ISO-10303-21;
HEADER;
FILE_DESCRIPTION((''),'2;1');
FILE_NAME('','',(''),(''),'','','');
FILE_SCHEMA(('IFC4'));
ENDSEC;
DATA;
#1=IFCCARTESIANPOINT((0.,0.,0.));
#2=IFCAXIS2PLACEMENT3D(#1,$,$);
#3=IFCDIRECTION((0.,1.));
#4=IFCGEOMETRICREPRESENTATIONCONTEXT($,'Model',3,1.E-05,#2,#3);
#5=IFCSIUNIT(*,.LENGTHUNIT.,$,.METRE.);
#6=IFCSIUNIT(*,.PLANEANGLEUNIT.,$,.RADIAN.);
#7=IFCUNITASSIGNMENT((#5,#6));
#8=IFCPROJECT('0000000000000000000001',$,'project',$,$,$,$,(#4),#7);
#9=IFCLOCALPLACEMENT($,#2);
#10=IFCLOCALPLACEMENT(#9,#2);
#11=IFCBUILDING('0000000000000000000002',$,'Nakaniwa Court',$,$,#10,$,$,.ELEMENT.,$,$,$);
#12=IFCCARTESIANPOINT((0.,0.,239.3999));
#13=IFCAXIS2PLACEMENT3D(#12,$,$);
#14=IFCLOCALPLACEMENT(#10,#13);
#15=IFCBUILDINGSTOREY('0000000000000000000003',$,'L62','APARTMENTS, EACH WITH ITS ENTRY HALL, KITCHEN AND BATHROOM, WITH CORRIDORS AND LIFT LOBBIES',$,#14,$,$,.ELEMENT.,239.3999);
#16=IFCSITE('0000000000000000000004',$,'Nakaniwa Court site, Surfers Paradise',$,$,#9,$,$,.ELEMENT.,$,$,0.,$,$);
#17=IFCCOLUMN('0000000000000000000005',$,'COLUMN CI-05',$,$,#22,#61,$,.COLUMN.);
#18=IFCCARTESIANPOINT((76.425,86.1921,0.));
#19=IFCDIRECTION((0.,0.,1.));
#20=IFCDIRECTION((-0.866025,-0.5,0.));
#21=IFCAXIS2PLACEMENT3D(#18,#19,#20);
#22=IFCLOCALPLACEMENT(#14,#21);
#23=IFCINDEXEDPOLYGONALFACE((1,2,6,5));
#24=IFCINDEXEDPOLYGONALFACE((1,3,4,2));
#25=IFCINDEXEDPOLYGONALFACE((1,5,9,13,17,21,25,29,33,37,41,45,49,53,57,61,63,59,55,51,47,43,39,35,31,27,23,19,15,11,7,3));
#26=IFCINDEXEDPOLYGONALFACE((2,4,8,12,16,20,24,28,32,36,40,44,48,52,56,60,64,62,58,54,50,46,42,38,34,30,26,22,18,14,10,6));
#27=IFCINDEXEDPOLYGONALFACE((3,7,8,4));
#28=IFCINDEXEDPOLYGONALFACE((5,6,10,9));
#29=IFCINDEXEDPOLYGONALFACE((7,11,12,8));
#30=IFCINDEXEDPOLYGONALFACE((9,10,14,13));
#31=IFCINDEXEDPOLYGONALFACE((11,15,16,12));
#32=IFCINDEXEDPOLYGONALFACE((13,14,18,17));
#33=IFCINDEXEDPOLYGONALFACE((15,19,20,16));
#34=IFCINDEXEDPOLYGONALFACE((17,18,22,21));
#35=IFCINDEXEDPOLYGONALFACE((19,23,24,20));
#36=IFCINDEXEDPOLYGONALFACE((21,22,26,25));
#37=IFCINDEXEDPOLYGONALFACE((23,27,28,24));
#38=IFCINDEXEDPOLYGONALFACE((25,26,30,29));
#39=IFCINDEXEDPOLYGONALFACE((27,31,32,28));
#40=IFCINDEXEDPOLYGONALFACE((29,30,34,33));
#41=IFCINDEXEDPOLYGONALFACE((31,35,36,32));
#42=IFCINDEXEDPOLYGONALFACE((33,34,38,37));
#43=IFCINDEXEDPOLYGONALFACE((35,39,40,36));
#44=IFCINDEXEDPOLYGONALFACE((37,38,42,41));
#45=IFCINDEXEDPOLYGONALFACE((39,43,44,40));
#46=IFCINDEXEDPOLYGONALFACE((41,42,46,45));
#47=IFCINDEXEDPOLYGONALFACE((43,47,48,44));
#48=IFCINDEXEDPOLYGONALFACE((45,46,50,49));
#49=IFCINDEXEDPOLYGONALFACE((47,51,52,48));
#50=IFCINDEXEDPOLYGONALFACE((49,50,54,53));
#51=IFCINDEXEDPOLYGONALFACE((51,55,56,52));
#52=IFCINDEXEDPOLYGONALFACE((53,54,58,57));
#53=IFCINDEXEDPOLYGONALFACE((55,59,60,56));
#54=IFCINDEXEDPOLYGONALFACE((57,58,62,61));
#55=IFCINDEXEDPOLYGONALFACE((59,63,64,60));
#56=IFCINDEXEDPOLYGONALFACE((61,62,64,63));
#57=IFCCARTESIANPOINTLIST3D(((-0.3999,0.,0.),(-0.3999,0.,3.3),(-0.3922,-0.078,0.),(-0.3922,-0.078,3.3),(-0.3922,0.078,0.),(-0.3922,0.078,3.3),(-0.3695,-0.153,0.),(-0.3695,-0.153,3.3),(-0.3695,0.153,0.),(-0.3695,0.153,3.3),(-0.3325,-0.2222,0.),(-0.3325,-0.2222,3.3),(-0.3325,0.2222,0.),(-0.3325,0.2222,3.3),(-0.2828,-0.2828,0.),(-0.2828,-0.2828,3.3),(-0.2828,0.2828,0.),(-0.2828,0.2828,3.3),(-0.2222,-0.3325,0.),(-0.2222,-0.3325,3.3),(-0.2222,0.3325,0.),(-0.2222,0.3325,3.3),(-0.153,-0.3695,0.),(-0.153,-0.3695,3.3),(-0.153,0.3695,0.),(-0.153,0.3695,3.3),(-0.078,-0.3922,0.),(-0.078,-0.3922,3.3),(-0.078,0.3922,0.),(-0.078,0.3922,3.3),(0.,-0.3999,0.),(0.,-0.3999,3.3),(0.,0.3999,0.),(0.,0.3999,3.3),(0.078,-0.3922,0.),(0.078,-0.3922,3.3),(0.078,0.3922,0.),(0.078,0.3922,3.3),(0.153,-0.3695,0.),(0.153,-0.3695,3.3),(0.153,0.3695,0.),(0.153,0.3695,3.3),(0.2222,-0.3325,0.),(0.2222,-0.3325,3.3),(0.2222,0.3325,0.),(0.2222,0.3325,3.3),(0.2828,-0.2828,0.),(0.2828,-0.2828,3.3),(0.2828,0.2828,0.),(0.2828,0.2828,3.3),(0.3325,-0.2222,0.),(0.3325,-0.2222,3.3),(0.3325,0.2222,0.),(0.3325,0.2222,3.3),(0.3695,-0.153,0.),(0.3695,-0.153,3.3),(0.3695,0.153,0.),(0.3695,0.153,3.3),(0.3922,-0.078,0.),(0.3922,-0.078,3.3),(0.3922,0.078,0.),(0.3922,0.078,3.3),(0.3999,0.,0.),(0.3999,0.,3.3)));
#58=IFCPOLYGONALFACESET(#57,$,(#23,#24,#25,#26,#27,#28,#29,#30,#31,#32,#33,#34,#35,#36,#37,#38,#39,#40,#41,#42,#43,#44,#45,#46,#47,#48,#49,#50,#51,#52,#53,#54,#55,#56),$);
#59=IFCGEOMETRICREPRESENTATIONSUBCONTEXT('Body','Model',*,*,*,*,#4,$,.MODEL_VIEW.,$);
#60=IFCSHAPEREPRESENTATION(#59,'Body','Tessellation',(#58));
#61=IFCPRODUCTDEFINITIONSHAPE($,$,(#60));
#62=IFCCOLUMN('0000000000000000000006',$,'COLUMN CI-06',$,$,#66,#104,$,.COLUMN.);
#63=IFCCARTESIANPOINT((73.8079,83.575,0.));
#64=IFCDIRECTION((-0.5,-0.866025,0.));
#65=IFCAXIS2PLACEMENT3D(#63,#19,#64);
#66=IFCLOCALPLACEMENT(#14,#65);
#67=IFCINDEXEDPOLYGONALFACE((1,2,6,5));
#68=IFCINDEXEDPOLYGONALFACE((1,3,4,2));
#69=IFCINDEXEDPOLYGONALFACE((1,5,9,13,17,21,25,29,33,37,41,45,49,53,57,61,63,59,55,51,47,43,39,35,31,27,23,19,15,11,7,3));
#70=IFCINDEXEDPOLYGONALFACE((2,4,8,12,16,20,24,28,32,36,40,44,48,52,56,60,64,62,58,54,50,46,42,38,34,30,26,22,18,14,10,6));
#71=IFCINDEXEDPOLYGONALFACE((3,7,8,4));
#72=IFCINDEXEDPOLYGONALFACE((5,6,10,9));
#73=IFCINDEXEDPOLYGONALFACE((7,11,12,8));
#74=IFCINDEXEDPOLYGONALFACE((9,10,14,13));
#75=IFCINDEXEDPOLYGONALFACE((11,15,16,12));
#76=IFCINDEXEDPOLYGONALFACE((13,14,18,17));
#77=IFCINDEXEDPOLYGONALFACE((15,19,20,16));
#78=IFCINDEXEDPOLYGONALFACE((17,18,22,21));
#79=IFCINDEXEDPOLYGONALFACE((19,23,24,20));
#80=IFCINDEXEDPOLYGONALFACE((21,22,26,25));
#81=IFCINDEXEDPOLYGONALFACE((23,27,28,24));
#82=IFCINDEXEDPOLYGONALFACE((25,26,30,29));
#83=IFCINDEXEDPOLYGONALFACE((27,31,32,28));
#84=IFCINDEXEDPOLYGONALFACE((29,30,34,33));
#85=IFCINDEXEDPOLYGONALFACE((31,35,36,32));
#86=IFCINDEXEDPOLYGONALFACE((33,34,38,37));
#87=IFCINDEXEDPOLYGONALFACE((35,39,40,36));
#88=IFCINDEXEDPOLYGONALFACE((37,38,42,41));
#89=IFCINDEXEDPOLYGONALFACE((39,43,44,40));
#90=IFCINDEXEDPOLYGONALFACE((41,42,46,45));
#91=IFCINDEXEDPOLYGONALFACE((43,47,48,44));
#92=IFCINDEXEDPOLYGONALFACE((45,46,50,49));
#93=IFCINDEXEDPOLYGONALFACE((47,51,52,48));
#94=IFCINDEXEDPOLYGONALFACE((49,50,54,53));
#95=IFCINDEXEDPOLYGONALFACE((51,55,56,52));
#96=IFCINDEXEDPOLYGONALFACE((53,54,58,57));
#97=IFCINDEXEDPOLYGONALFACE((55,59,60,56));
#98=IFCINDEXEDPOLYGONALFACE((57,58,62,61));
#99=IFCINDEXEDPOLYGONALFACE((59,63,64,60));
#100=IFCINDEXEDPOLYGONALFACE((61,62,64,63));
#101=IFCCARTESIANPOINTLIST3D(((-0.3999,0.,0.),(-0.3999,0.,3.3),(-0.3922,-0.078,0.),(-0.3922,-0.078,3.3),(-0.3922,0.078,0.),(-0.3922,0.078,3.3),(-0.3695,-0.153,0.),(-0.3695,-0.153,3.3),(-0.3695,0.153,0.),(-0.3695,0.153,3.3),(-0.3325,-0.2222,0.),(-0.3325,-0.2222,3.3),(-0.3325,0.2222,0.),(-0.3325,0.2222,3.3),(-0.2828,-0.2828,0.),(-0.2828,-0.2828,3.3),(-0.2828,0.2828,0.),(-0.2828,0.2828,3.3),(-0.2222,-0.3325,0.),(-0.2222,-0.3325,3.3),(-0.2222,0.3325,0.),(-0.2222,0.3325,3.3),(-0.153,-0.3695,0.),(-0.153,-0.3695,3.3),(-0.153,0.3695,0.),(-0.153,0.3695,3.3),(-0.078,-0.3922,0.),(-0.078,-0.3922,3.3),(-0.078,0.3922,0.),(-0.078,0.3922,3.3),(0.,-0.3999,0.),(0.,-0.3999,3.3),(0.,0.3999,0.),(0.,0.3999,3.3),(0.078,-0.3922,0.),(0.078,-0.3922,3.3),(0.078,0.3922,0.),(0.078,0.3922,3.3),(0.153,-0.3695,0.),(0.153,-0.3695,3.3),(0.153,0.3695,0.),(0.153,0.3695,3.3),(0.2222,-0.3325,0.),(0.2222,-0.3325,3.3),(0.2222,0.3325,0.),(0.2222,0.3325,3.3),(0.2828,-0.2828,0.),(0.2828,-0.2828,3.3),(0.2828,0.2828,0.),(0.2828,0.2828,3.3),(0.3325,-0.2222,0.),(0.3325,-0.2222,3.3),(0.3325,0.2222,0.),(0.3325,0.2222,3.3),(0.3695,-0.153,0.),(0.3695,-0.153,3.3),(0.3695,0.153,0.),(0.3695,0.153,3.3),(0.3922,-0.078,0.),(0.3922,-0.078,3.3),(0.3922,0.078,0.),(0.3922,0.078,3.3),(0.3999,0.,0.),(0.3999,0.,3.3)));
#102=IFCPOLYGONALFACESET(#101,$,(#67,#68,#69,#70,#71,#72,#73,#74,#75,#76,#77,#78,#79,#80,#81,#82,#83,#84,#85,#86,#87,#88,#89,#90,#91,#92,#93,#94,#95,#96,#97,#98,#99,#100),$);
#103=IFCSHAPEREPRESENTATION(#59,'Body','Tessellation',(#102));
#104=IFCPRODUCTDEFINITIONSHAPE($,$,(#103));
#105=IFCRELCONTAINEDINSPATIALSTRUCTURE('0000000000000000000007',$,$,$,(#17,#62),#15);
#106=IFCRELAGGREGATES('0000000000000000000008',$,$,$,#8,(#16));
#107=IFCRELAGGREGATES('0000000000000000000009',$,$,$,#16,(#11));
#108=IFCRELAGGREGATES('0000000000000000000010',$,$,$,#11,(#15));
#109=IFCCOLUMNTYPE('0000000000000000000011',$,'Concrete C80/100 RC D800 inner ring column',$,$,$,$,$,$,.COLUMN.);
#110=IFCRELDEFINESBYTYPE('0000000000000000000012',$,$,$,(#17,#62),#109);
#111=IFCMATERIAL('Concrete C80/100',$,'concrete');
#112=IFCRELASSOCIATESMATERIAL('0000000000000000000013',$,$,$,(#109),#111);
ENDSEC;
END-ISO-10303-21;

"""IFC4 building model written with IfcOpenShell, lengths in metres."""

from ifc_helpers import new_model, si_unit, direction, frame, origin, origin_2d, place, context, subcontext, project, spatial, circle, extrude, material, material_profile, profile_set, type_object, element, save


model = new_model("IFC4")

# Units and contexts
model_context = context("Model", 3, precision=1e-05, world=origin(), true_north=direction((0.0, 1.0)))
body_context = subcontext(model_context, "Body", "Model", "MODEL_VIEW")
ifc_project = project(units=[si_unit("LENGTHUNIT", "METRE"), si_unit("PLANEANGLEUNIT", "RADIAN")], contexts=[model_context])

# Site, building, storey
site_placement = place(None, origin())
site = spatial("IfcSite", under=ifc_project, at=site_placement, Name="Nakaniwa Court site, Surfers Paradise", CompositionType="ELEMENT", RefElevation=0.0)
building_placement = place(site_placement, origin())
building = spatial("IfcBuilding", under=site, at=building_placement, Name="Nakaniwa Court", CompositionType="ELEMENT")
storey_placement = place(building_placement, frame((0.0, 0.0, 239.3999)))
storey = spatial("IfcBuildingStorey", under=building, at=storey_placement, Name="L62", Description="APARTMENTS, EACH WITH ITS ENTRY HALL, KITCHEN AND BATHROOM, WITH CORRIDORS AND LIFT LOBBIES", CompositionType="ELEMENT", Elevation=239.3999)

# Columns
ifc_material_1 = material(Name="Concrete C80/100", Category="concrete")
ifc_material_profile_1 = material_profile(ifc_material_1, circle(Radius=0.3999, at=origin_2d()), Name="Concrete C80/100 RC D800 inner ring column")
ifc_profile_set_1 = profile_set([ifc_material_profile_1], Name="Concrete C80/100")
column_type_1 = type_object("IfcColumnType", Name="Concrete C80/100 RC D800 inner ring column", PredefinedType="COLUMN", material=ifc_profile_set_1)
for number, where, z_axis, x_axis, name in (
    (1, (76.425, 86.1921, 0.0), (0.0, 0.0, 1.0), (-0.866025, -0.5, 0.0), "COLUMN CI-05"),
    (2, (73.8079, 83.575, 0.0), (0.0, 0.0, 1.0), (-0.5, -0.866025, 0.0), "COLUMN CI-06"),
):
    element("IfcColumn", number, at=place(storey_placement, frame(where, z_axis=z_axis, x_axis=x_axis)), inside=storey, type_object=column_type_1, Name=name, PredefinedType="COLUMN", context=body_context, shape_type="SweptSolid", body=[
        extrude(circle(Radius=0.3999, at=origin_2d()), origin(), (0.0, 0.0, 1.0), 3.3),
    ])

save(model, "model.ifc")
